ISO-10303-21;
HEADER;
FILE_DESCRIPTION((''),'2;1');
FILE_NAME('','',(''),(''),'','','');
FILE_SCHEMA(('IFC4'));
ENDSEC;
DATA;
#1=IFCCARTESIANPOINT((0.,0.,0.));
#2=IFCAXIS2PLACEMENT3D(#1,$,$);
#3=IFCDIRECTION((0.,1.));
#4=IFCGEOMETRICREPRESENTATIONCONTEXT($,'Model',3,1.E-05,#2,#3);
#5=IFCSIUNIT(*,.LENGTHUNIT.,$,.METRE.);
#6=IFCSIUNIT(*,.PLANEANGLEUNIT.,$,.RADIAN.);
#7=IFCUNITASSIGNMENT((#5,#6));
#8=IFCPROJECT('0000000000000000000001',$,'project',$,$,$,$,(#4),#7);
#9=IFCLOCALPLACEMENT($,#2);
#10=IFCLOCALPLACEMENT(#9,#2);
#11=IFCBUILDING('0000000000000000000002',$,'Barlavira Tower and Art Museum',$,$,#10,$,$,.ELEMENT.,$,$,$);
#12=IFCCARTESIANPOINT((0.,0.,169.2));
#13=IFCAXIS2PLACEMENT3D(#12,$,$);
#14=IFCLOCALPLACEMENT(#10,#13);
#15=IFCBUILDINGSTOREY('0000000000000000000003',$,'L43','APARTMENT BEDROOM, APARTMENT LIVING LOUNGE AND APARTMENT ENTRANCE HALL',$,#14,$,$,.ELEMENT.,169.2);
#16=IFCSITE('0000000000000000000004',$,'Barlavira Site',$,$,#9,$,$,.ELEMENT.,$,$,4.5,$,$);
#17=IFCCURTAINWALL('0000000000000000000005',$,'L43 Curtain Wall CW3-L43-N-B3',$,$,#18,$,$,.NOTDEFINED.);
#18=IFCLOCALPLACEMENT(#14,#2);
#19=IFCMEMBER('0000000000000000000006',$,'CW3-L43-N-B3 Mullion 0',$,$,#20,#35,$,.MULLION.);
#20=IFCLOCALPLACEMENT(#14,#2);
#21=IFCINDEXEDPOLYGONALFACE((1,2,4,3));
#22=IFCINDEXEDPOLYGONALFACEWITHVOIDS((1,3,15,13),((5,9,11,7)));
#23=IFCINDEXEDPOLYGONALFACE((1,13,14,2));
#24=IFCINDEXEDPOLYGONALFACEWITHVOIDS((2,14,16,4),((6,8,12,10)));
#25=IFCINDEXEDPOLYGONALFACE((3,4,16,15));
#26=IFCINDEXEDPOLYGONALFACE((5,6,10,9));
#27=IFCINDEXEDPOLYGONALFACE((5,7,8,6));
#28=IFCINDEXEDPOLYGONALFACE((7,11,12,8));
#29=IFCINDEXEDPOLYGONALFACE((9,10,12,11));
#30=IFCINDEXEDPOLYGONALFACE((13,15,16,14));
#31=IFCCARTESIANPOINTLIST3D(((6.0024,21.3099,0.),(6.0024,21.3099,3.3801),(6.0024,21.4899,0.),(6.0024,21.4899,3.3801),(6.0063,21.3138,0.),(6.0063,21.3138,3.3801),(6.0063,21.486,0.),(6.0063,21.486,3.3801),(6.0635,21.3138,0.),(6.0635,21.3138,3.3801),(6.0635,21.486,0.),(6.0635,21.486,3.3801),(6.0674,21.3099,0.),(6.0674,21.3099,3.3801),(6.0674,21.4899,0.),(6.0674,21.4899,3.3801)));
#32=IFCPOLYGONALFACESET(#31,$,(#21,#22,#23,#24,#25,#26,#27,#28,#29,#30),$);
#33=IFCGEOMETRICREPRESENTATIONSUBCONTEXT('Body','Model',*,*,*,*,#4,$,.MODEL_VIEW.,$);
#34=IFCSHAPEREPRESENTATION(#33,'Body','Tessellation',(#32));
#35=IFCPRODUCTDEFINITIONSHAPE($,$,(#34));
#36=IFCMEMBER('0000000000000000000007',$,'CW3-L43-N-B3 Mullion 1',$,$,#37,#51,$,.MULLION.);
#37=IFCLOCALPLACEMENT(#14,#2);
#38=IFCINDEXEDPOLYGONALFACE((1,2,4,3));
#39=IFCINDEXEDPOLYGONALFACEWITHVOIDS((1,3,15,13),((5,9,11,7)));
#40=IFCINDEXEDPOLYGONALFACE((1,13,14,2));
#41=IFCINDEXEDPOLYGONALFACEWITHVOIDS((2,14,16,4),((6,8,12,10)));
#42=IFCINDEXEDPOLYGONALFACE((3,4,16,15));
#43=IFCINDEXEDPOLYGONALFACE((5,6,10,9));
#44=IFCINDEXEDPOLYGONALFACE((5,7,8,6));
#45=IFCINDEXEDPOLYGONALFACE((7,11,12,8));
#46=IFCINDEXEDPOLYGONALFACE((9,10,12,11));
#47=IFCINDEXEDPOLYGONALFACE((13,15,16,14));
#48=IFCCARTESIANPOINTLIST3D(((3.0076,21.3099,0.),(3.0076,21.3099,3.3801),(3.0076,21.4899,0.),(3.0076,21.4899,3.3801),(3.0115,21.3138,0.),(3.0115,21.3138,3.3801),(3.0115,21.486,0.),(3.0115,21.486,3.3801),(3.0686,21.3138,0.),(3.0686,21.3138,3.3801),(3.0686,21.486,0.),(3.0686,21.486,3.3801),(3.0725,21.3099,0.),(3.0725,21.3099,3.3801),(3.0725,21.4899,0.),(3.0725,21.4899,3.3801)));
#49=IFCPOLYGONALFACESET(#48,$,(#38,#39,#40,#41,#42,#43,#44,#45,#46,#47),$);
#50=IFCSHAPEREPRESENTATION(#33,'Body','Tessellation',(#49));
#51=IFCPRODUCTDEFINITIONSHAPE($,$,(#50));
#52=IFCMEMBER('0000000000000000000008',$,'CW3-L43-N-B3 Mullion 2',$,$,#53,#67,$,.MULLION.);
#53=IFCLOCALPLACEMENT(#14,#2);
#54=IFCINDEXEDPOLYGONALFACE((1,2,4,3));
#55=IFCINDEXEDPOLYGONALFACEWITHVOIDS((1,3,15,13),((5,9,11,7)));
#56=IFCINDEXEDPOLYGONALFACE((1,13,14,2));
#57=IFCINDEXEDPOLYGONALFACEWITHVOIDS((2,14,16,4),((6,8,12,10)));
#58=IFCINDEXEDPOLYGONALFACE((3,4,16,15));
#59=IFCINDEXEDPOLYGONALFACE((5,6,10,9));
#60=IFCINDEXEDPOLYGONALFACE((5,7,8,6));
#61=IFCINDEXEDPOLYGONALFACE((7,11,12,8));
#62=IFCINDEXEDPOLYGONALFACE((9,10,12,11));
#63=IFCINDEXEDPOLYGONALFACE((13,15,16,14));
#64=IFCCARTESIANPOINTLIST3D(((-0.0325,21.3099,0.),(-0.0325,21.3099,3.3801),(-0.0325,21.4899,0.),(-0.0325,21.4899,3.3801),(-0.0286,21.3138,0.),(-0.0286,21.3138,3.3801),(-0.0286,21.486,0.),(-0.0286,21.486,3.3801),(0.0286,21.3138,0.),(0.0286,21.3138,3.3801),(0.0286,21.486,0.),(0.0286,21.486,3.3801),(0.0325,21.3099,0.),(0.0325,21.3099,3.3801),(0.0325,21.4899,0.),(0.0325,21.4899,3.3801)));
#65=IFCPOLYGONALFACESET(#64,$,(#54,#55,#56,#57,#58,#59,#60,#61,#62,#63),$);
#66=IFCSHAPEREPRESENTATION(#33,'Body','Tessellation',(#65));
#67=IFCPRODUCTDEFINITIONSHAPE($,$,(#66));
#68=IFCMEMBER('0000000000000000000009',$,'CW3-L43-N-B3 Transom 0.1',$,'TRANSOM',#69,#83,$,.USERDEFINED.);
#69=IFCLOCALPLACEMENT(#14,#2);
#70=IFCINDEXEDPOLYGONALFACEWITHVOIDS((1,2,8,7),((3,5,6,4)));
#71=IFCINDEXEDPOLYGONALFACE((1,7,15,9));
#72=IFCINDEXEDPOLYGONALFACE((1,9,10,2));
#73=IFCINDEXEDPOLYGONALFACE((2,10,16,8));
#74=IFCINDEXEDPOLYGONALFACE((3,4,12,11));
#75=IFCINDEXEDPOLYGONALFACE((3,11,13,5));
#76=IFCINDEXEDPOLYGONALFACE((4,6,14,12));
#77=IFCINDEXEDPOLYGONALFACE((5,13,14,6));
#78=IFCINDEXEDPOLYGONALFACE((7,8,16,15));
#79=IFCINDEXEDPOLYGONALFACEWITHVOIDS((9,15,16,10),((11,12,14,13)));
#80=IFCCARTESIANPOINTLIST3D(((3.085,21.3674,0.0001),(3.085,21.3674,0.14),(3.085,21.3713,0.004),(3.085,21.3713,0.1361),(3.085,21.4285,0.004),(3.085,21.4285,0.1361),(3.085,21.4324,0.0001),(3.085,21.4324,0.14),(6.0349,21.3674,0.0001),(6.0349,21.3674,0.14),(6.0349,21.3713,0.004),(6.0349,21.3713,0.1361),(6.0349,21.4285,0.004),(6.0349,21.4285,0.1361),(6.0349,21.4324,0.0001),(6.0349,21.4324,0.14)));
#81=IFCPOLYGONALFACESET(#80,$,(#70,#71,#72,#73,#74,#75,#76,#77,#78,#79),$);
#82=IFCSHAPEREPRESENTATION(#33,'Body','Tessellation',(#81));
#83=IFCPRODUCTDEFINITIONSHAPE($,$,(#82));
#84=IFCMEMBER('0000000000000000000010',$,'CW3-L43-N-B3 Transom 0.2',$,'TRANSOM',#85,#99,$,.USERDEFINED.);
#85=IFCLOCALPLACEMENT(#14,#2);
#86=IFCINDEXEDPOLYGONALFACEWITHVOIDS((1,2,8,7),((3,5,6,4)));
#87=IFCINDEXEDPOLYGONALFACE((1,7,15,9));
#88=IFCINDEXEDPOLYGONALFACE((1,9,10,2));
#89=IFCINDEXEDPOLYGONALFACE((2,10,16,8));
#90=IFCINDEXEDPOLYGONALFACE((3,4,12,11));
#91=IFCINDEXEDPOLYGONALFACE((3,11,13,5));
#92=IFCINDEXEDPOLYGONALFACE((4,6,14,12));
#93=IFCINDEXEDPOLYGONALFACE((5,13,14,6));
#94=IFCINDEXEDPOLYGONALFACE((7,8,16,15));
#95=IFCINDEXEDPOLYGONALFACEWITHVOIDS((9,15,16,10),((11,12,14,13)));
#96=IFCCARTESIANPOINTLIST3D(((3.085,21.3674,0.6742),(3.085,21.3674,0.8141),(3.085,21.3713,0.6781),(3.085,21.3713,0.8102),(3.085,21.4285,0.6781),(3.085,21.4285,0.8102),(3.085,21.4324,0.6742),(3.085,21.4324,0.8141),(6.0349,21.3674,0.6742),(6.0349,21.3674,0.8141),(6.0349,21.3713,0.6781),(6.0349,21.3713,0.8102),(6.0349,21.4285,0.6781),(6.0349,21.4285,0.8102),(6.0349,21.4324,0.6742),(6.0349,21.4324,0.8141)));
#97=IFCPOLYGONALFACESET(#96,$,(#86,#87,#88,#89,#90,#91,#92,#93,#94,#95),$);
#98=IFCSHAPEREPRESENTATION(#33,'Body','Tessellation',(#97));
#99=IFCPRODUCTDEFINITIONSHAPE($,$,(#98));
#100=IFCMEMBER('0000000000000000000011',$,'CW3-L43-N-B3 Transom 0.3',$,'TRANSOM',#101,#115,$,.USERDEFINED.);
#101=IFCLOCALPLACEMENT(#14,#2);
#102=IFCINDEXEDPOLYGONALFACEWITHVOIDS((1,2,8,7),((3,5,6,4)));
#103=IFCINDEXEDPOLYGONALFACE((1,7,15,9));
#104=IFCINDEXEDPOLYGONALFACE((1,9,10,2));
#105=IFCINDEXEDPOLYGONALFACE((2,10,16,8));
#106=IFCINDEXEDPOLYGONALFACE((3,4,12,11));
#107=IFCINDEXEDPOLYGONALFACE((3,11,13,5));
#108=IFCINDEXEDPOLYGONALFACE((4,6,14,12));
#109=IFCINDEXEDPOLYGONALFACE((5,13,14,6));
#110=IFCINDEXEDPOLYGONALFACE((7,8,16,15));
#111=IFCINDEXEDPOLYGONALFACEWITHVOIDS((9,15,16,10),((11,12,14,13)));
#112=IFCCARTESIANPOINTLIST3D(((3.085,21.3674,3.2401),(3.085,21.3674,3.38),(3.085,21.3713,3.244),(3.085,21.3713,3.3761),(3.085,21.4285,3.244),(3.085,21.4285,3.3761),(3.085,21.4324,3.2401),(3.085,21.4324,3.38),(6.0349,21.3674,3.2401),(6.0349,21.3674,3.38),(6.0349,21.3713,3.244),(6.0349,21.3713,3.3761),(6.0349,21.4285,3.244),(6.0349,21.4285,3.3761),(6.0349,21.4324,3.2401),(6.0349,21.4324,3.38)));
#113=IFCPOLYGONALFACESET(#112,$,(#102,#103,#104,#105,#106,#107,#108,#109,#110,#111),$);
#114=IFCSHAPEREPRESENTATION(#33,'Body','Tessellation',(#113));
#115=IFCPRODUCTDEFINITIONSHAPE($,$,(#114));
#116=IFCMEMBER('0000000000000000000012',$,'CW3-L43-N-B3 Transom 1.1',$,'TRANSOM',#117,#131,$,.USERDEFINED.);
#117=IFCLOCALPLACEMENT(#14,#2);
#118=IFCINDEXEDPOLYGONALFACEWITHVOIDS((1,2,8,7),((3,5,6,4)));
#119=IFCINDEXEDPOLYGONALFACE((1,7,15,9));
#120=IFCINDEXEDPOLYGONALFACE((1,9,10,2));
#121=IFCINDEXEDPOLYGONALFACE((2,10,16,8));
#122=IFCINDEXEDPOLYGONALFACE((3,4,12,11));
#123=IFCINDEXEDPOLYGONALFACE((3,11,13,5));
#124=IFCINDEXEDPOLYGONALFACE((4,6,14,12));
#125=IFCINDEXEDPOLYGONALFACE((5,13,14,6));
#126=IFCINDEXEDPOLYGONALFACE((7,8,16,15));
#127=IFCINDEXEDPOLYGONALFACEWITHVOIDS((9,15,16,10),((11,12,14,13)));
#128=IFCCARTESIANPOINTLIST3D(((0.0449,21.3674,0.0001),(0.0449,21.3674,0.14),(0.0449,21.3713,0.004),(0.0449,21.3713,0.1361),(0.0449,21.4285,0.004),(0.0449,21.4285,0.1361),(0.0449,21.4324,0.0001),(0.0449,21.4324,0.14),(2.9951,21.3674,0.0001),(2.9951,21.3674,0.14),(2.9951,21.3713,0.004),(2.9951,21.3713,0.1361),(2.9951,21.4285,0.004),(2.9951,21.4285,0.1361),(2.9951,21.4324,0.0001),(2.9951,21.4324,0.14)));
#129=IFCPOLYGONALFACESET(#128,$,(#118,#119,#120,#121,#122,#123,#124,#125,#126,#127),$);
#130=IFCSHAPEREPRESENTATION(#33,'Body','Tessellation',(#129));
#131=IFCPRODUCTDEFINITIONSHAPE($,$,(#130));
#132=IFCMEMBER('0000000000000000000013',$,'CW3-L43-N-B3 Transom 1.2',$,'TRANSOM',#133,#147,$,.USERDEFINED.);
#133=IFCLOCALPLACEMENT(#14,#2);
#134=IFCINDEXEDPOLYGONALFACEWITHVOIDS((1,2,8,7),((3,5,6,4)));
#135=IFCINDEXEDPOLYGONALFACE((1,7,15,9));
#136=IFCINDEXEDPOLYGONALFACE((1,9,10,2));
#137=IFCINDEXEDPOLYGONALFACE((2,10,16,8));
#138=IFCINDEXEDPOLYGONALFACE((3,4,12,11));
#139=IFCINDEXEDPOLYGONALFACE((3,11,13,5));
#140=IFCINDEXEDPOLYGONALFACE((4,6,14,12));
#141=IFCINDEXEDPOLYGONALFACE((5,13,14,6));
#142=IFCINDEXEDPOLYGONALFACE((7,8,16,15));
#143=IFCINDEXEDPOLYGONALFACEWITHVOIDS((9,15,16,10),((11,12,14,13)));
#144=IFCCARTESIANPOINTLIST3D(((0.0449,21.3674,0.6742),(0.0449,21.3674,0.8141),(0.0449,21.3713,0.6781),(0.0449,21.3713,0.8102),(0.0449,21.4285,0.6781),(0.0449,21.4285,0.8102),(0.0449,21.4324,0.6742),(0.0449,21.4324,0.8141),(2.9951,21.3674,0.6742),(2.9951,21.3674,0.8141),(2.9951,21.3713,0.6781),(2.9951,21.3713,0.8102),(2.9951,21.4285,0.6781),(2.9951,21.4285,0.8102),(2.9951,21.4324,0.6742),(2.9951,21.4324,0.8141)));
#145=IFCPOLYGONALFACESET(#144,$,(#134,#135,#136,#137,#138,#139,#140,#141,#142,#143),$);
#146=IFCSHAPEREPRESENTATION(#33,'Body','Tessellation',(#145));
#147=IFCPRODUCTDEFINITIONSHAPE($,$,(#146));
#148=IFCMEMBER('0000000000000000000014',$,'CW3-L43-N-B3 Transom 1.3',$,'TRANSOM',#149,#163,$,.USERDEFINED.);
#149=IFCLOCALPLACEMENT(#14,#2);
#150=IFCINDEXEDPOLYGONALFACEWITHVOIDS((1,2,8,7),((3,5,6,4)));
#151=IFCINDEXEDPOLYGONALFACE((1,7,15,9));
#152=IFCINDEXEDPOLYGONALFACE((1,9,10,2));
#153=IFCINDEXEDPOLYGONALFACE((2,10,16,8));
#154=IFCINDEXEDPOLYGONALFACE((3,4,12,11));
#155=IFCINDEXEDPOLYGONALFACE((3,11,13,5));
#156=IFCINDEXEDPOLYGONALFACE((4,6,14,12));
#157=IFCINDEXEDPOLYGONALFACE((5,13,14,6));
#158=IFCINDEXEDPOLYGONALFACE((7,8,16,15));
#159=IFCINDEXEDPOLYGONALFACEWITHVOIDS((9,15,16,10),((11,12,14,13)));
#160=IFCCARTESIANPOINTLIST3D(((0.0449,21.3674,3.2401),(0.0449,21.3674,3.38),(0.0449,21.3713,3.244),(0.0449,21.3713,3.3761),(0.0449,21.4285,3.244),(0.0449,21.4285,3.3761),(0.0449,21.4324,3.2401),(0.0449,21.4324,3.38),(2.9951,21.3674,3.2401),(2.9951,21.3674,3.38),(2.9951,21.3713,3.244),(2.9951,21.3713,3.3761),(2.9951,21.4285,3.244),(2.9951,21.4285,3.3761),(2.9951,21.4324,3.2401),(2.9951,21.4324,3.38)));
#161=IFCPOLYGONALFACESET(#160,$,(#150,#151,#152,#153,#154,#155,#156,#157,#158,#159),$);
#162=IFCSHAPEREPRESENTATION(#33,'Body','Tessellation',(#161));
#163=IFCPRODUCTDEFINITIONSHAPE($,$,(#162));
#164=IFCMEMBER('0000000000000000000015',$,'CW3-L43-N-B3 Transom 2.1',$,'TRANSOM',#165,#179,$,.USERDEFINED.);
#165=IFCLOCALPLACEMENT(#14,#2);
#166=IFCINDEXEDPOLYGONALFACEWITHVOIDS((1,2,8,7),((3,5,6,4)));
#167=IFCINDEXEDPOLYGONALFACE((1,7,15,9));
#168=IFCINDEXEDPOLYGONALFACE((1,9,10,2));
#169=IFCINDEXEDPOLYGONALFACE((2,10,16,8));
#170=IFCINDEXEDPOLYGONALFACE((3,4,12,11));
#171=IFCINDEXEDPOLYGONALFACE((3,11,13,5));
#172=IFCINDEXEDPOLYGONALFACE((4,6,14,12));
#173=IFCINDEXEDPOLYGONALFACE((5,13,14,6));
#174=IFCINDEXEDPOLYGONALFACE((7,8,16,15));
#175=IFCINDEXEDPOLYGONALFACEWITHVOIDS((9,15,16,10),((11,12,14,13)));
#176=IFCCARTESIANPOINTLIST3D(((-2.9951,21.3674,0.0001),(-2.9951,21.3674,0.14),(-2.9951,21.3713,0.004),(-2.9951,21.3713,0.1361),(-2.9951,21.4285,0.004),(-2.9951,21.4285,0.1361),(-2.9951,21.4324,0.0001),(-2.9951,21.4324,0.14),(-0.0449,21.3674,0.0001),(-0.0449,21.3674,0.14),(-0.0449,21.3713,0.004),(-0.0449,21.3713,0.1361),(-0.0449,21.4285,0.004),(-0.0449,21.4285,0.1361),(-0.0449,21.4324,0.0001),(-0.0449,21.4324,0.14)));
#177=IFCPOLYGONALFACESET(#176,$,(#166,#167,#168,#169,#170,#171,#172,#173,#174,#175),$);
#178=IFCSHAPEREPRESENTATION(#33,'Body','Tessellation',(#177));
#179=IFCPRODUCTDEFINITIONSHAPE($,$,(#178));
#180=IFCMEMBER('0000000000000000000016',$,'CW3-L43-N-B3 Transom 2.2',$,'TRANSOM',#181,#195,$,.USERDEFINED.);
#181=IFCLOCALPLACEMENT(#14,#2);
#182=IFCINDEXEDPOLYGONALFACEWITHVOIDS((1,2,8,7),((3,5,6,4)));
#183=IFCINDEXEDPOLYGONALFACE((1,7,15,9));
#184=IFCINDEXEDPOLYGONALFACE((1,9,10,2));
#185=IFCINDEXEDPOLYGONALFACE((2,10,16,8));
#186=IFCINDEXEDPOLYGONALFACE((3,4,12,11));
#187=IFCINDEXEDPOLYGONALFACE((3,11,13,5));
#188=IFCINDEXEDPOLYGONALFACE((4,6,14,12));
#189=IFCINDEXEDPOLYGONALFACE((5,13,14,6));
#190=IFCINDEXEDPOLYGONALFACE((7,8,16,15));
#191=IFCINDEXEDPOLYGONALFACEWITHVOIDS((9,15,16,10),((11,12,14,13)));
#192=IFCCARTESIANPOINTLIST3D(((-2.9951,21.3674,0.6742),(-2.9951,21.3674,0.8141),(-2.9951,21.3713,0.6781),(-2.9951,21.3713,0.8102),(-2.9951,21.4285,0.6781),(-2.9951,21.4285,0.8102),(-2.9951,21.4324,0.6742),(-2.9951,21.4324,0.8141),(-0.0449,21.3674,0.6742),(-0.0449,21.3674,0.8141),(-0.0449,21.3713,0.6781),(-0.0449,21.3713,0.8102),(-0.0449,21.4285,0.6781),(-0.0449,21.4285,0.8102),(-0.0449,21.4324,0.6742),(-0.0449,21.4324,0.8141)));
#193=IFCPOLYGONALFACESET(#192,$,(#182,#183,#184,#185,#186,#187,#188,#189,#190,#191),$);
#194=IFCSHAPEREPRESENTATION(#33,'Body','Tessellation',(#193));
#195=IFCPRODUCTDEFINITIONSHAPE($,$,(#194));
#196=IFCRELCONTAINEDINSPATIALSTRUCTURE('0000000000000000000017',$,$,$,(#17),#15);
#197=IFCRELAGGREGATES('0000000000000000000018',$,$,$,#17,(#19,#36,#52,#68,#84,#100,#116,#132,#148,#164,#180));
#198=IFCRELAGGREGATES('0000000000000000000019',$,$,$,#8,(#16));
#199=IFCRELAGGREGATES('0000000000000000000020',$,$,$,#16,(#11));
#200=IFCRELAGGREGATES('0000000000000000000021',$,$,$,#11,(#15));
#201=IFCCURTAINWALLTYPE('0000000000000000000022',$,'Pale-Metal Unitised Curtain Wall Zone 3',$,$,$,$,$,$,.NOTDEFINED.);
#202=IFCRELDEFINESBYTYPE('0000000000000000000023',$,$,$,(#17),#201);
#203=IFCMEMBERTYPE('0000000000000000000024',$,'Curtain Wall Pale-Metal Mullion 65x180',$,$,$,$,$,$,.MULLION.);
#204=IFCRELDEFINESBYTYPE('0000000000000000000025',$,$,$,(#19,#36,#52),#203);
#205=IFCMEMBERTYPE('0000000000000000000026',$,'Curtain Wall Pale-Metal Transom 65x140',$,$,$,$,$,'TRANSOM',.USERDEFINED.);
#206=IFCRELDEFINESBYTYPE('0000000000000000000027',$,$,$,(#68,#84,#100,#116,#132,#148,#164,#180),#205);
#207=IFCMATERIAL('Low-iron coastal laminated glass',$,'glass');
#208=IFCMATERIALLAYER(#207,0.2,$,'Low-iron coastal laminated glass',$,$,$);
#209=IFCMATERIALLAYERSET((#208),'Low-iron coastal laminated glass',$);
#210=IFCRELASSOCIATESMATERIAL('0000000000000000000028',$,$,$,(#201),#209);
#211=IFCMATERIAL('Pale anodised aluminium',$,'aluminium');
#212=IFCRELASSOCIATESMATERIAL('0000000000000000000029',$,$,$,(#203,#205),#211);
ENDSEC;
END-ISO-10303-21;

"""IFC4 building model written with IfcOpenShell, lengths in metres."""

from ifc_helpers import new_model, si_unit, direction, frame, origin, origin_2d, place, context, subcontext, project, spatial, hollow_rectangle, extrude, material, layer, layer_set, material_profile, profile_set, type_object, element, aggregate, save


model = new_model("IFC4")

# Units and contexts
model_context = context("Model", 3, precision=1e-05, world=origin(), true_north=direction((0.0, 1.0)))
body_context = subcontext(model_context, "Body", "Model", "MODEL_VIEW")
ifc_project = project(units=[si_unit("LENGTHUNIT", "METRE"), si_unit("PLANEANGLEUNIT", "RADIAN")], contexts=[model_context])

# Site, building, storey
site_placement = place(None, origin())
site = spatial("IfcSite", under=ifc_project, at=site_placement, Name="Barlavira Site", CompositionType="ELEMENT", RefElevation=4.5)
building_placement = place(site_placement, origin())
building = spatial("IfcBuilding", under=site, at=building_placement, Name="Barlavira Tower and Art Museum", CompositionType="ELEMENT")
storey_placement = place(building_placement, frame((0.0, 0.0, 169.2)))
storey = spatial("IfcBuildingStorey", under=building, at=storey_placement, Name="L43", Description="APARTMENT BEDROOM, APARTMENT LIVING LOUNGE AND APARTMENT ENTRANCE HALL", CompositionType="ELEMENT", Elevation=169.2)

# Curtain wall, members
ifc_material_1 = material(Name="Low-iron coastal laminated glass", Category="glass")
ifc_layer_1 = layer(ifc_material_1, 0.2, Name="Low-iron coastal laminated glass")
ifc_layer_set_1 = layer_set([ifc_layer_1], Name="Low-iron coastal laminated glass")
curtain_wall_type = type_object("IfcCurtainWallType", Name="Pale-Metal Unitised Curtain Wall Zone 3", PredefinedType="NOTDEFINED", material=ifc_layer_set_1)
curtain_wall_placement = place(storey_placement, origin())
curtain_wall = element("IfcCurtainWall", 1, at=curtain_wall_placement, inside=storey, type_object=curtain_wall_type, Name="L43 Curtain Wall CW3-L43-N-B3", PredefinedType="NOTDEFINED")
ifc_material_2 = material(Name="Pale anodised aluminium", Category="aluminium")
ifc_material_profile_1 = material_profile(ifc_material_2, hollow_rectangle(XDim=0.0649, YDim=0.1799, WallThickness=0.0039, at=origin_2d()), Name="ALU-MULL 65x180x4")
ifc_profile_set_1 = profile_set([ifc_material_profile_1], Name="Pale anodised aluminium")
member_type_1 = type_object("IfcMemberType", Name="Curtain Wall Pale-Metal Mullion 65x180", PredefinedType="MULLION", material=ifc_profile_set_1)
member_1_placement = place(storey_placement, frame((6.0349, 21.3999, 0.0), z_axis=(0.0, 0.0, 1.0), x_axis=(-1.0, 0.0, 0.0)))
member_1 = element("IfcMember", 2, at=member_1_placement, type_object=member_type_1, Name="CW3-L43-N-B3 Mullion 0", PredefinedType="MULLION", context=body_context, shape_type="SweptSolid", body=[
    extrude(hollow_rectangle(XDim=0.0649, YDim=0.1799, WallThickness=0.0039, at=origin_2d()), origin(), (0.0, 0.0, 1.0), 3.3801),
])
member_2_placement = place(storey_placement, frame((3.04, 21.3999, 0.0), z_axis=(0.0, 0.0, 1.0), x_axis=(-1.0, 0.0, 0.0)))
member_2 = element("IfcMember", 3, at=member_2_placement, type_object=member_type_1, Name="CW3-L43-N-B3 Mullion 1", PredefinedType="MULLION", context=body_context, shape_type="SweptSolid", body=[
    extrude(hollow_rectangle(XDim=0.0649, YDim=0.1799, WallThickness=0.0039, at=origin_2d()), origin(), (0.0, 0.0, 1.0), 3.3801),
])
member_3_placement = place(storey_placement, frame((0.0, 21.3999, 0.0), z_axis=(0.0, 0.0, 1.0), x_axis=(-1.0, 0.0, 0.0)))
member_3 = element("IfcMember", 4, at=member_3_placement, type_object=member_type_1, Name="CW3-L43-N-B3 Mullion 2", PredefinedType="MULLION", context=body_context, shape_type="SweptSolid", body=[
    extrude(hollow_rectangle(XDim=0.0649, YDim=0.1799, WallThickness=0.0039, at=origin_2d()), origin(), (0.0, 0.0, 1.0), 3.3801),
])
ifc_material_profile_2 = material_profile(ifc_material_2, hollow_rectangle(XDim=0.0649, YDim=0.1399, WallThickness=0.0039, at=origin_2d()), Name="ALU-TRAN 65x140x4")
ifc_profile_set_2 = profile_set([ifc_material_profile_2], Name="Pale anodised aluminium")
member_type_2 = type_object("IfcMemberType", Name="Curtain Wall Pale-Metal Transom 65x140", ElementType="TRANSOM", PredefinedType="USERDEFINED", material=ifc_profile_set_2)
member_4_placement = place(storey_placement, frame((6.0349, 21.3999, 0.0701), z_axis=(-1.0, 0.0, 0.0), x_axis=(0.0, -1.0, 0.0)))
member_4 = element("IfcMember", 5, at=member_4_placement, type_object=member_type_2, Name="CW3-L43-N-B3 Transom 0.1", ObjectType="TRANSOM", PredefinedType="USERDEFINED", context=body_context, shape_type="SweptSolid", body=[
    extrude(hollow_rectangle(XDim=0.0649, YDim=0.1399, WallThickness=0.0039, at=origin_2d()), origin(), (0.0, 0.0, 1.0), 2.95),
])
member_5_placement = place(storey_placement, frame((6.0349, 21.3999, 0.7441), z_axis=(-1.0, 0.0, 0.0), x_axis=(0.0, -1.0, 0.0)))
member_5 = element("IfcMember", 6, at=member_5_placement, type_object=member_type_2, Name="CW3-L43-N-B3 Transom 0.2", ObjectType="TRANSOM", PredefinedType="USERDEFINED", context=body_context, shape_type="SweptSolid", body=[
    extrude(hollow_rectangle(XDim=0.0649, YDim=0.1399, WallThickness=0.0039, at=origin_2d()), origin(), (0.0, 0.0, 1.0), 2.95),
])
member_6_placement = place(storey_placement, frame((6.0349, 21.3999, 3.3101), z_axis=(-1.0, 0.0, 0.0), x_axis=(0.0, -1.0, 0.0)))
member_6 = element("IfcMember", 7, at=member_6_placement, type_object=member_type_2, Name="CW3-L43-N-B3 Transom 0.3", ObjectType="TRANSOM", PredefinedType="USERDEFINED", context=body_context, shape_type="SweptSolid", body=[
    extrude(hollow_rectangle(XDim=0.0649, YDim=0.1399, WallThickness=0.0039, at=origin_2d()), origin(), (0.0, 0.0, 1.0), 2.95),
])
member_7_placement = place(storey_placement, frame((2.9951, 21.3999, 0.0701), z_axis=(-1.0, 0.0, 0.0), x_axis=(0.0, -1.0, 0.0)))
member_7 = element("IfcMember", 8, at=member_7_placement, type_object=member_type_2, Name="CW3-L43-N-B3 Transom 1.1", ObjectType="TRANSOM", PredefinedType="USERDEFINED", context=body_context, shape_type="SweptSolid", body=[
    extrude(hollow_rectangle(XDim=0.0649, YDim=0.1399, WallThickness=0.0039, at=origin_2d()), origin(), (0.0, 0.0, 1.0), 2.9502),
])
member_8_placement = place(storey_placement, frame((2.9951, 21.3999, 0.7441), z_axis=(-1.0, 0.0, 0.0), x_axis=(0.0, -1.0, 0.0)))
member_8 = element("IfcMember", 9, at=member_8_placement, type_object=member_type_2, Name="CW3-L43-N-B3 Transom 1.2", ObjectType="TRANSOM", PredefinedType="USERDEFINED", context=body_context, shape_type="SweptSolid", body=[
    extrude(hollow_rectangle(XDim=0.0649, YDim=0.1399, WallThickness=0.0039, at=origin_2d()), origin(), (0.0, 0.0, 1.0), 2.9502),
])
member_9_placement = place(storey_placement, frame((2.9951, 21.3999, 3.3101), z_axis=(-1.0, 0.0, 0.0), x_axis=(0.0, -1.0, 0.0)))
member_9 = element("IfcMember", 10, at=member_9_placement, type_object=member_type_2, Name="CW3-L43-N-B3 Transom 1.3", ObjectType="TRANSOM", PredefinedType="USERDEFINED", context=body_context, shape_type="SweptSolid", body=[
    extrude(hollow_rectangle(XDim=0.0649, YDim=0.1399, WallThickness=0.0039, at=origin_2d()), origin(), (0.0, 0.0, 1.0), 2.9502),
])
member_10_placement = place(storey_placement, frame((-0.0449, 21.3999, 0.0701), z_axis=(-1.0, 0.0, 0.0), x_axis=(0.0, -1.0, 0.0)))
member_10 = element("IfcMember", 11, at=member_10_placement, type_object=member_type_2, Name="CW3-L43-N-B3 Transom 2.1", ObjectType="TRANSOM", PredefinedType="USERDEFINED", context=body_context, shape_type="SweptSolid", body=[
    extrude(hollow_rectangle(XDim=0.0649, YDim=0.1399, WallThickness=0.0039, at=origin_2d()), origin(), (0.0, 0.0, 1.0), 2.9502),
])
member_11_placement = place(storey_placement, frame((-0.0449, 21.3999, 0.7441), z_axis=(-1.0, 0.0, 0.0), x_axis=(0.0, -1.0, 0.0)))
member_11 = element("IfcMember", 12, at=member_11_placement, type_object=member_type_2, Name="CW3-L43-N-B3 Transom 2.2", ObjectType="TRANSOM", PredefinedType="USERDEFINED", context=body_context, shape_type="SweptSolid", body=[
    extrude(hollow_rectangle(XDim=0.0649, YDim=0.1399, WallThickness=0.0039, at=origin_2d()), origin(), (0.0, 0.0, 1.0), 2.9502),
])
aggregate(curtain_wall, [member_1, member_2, member_3, member_4, member_5, member_6, member_7, member_8, member_9, member_10, member_11])

save(model, "model.ifc")
